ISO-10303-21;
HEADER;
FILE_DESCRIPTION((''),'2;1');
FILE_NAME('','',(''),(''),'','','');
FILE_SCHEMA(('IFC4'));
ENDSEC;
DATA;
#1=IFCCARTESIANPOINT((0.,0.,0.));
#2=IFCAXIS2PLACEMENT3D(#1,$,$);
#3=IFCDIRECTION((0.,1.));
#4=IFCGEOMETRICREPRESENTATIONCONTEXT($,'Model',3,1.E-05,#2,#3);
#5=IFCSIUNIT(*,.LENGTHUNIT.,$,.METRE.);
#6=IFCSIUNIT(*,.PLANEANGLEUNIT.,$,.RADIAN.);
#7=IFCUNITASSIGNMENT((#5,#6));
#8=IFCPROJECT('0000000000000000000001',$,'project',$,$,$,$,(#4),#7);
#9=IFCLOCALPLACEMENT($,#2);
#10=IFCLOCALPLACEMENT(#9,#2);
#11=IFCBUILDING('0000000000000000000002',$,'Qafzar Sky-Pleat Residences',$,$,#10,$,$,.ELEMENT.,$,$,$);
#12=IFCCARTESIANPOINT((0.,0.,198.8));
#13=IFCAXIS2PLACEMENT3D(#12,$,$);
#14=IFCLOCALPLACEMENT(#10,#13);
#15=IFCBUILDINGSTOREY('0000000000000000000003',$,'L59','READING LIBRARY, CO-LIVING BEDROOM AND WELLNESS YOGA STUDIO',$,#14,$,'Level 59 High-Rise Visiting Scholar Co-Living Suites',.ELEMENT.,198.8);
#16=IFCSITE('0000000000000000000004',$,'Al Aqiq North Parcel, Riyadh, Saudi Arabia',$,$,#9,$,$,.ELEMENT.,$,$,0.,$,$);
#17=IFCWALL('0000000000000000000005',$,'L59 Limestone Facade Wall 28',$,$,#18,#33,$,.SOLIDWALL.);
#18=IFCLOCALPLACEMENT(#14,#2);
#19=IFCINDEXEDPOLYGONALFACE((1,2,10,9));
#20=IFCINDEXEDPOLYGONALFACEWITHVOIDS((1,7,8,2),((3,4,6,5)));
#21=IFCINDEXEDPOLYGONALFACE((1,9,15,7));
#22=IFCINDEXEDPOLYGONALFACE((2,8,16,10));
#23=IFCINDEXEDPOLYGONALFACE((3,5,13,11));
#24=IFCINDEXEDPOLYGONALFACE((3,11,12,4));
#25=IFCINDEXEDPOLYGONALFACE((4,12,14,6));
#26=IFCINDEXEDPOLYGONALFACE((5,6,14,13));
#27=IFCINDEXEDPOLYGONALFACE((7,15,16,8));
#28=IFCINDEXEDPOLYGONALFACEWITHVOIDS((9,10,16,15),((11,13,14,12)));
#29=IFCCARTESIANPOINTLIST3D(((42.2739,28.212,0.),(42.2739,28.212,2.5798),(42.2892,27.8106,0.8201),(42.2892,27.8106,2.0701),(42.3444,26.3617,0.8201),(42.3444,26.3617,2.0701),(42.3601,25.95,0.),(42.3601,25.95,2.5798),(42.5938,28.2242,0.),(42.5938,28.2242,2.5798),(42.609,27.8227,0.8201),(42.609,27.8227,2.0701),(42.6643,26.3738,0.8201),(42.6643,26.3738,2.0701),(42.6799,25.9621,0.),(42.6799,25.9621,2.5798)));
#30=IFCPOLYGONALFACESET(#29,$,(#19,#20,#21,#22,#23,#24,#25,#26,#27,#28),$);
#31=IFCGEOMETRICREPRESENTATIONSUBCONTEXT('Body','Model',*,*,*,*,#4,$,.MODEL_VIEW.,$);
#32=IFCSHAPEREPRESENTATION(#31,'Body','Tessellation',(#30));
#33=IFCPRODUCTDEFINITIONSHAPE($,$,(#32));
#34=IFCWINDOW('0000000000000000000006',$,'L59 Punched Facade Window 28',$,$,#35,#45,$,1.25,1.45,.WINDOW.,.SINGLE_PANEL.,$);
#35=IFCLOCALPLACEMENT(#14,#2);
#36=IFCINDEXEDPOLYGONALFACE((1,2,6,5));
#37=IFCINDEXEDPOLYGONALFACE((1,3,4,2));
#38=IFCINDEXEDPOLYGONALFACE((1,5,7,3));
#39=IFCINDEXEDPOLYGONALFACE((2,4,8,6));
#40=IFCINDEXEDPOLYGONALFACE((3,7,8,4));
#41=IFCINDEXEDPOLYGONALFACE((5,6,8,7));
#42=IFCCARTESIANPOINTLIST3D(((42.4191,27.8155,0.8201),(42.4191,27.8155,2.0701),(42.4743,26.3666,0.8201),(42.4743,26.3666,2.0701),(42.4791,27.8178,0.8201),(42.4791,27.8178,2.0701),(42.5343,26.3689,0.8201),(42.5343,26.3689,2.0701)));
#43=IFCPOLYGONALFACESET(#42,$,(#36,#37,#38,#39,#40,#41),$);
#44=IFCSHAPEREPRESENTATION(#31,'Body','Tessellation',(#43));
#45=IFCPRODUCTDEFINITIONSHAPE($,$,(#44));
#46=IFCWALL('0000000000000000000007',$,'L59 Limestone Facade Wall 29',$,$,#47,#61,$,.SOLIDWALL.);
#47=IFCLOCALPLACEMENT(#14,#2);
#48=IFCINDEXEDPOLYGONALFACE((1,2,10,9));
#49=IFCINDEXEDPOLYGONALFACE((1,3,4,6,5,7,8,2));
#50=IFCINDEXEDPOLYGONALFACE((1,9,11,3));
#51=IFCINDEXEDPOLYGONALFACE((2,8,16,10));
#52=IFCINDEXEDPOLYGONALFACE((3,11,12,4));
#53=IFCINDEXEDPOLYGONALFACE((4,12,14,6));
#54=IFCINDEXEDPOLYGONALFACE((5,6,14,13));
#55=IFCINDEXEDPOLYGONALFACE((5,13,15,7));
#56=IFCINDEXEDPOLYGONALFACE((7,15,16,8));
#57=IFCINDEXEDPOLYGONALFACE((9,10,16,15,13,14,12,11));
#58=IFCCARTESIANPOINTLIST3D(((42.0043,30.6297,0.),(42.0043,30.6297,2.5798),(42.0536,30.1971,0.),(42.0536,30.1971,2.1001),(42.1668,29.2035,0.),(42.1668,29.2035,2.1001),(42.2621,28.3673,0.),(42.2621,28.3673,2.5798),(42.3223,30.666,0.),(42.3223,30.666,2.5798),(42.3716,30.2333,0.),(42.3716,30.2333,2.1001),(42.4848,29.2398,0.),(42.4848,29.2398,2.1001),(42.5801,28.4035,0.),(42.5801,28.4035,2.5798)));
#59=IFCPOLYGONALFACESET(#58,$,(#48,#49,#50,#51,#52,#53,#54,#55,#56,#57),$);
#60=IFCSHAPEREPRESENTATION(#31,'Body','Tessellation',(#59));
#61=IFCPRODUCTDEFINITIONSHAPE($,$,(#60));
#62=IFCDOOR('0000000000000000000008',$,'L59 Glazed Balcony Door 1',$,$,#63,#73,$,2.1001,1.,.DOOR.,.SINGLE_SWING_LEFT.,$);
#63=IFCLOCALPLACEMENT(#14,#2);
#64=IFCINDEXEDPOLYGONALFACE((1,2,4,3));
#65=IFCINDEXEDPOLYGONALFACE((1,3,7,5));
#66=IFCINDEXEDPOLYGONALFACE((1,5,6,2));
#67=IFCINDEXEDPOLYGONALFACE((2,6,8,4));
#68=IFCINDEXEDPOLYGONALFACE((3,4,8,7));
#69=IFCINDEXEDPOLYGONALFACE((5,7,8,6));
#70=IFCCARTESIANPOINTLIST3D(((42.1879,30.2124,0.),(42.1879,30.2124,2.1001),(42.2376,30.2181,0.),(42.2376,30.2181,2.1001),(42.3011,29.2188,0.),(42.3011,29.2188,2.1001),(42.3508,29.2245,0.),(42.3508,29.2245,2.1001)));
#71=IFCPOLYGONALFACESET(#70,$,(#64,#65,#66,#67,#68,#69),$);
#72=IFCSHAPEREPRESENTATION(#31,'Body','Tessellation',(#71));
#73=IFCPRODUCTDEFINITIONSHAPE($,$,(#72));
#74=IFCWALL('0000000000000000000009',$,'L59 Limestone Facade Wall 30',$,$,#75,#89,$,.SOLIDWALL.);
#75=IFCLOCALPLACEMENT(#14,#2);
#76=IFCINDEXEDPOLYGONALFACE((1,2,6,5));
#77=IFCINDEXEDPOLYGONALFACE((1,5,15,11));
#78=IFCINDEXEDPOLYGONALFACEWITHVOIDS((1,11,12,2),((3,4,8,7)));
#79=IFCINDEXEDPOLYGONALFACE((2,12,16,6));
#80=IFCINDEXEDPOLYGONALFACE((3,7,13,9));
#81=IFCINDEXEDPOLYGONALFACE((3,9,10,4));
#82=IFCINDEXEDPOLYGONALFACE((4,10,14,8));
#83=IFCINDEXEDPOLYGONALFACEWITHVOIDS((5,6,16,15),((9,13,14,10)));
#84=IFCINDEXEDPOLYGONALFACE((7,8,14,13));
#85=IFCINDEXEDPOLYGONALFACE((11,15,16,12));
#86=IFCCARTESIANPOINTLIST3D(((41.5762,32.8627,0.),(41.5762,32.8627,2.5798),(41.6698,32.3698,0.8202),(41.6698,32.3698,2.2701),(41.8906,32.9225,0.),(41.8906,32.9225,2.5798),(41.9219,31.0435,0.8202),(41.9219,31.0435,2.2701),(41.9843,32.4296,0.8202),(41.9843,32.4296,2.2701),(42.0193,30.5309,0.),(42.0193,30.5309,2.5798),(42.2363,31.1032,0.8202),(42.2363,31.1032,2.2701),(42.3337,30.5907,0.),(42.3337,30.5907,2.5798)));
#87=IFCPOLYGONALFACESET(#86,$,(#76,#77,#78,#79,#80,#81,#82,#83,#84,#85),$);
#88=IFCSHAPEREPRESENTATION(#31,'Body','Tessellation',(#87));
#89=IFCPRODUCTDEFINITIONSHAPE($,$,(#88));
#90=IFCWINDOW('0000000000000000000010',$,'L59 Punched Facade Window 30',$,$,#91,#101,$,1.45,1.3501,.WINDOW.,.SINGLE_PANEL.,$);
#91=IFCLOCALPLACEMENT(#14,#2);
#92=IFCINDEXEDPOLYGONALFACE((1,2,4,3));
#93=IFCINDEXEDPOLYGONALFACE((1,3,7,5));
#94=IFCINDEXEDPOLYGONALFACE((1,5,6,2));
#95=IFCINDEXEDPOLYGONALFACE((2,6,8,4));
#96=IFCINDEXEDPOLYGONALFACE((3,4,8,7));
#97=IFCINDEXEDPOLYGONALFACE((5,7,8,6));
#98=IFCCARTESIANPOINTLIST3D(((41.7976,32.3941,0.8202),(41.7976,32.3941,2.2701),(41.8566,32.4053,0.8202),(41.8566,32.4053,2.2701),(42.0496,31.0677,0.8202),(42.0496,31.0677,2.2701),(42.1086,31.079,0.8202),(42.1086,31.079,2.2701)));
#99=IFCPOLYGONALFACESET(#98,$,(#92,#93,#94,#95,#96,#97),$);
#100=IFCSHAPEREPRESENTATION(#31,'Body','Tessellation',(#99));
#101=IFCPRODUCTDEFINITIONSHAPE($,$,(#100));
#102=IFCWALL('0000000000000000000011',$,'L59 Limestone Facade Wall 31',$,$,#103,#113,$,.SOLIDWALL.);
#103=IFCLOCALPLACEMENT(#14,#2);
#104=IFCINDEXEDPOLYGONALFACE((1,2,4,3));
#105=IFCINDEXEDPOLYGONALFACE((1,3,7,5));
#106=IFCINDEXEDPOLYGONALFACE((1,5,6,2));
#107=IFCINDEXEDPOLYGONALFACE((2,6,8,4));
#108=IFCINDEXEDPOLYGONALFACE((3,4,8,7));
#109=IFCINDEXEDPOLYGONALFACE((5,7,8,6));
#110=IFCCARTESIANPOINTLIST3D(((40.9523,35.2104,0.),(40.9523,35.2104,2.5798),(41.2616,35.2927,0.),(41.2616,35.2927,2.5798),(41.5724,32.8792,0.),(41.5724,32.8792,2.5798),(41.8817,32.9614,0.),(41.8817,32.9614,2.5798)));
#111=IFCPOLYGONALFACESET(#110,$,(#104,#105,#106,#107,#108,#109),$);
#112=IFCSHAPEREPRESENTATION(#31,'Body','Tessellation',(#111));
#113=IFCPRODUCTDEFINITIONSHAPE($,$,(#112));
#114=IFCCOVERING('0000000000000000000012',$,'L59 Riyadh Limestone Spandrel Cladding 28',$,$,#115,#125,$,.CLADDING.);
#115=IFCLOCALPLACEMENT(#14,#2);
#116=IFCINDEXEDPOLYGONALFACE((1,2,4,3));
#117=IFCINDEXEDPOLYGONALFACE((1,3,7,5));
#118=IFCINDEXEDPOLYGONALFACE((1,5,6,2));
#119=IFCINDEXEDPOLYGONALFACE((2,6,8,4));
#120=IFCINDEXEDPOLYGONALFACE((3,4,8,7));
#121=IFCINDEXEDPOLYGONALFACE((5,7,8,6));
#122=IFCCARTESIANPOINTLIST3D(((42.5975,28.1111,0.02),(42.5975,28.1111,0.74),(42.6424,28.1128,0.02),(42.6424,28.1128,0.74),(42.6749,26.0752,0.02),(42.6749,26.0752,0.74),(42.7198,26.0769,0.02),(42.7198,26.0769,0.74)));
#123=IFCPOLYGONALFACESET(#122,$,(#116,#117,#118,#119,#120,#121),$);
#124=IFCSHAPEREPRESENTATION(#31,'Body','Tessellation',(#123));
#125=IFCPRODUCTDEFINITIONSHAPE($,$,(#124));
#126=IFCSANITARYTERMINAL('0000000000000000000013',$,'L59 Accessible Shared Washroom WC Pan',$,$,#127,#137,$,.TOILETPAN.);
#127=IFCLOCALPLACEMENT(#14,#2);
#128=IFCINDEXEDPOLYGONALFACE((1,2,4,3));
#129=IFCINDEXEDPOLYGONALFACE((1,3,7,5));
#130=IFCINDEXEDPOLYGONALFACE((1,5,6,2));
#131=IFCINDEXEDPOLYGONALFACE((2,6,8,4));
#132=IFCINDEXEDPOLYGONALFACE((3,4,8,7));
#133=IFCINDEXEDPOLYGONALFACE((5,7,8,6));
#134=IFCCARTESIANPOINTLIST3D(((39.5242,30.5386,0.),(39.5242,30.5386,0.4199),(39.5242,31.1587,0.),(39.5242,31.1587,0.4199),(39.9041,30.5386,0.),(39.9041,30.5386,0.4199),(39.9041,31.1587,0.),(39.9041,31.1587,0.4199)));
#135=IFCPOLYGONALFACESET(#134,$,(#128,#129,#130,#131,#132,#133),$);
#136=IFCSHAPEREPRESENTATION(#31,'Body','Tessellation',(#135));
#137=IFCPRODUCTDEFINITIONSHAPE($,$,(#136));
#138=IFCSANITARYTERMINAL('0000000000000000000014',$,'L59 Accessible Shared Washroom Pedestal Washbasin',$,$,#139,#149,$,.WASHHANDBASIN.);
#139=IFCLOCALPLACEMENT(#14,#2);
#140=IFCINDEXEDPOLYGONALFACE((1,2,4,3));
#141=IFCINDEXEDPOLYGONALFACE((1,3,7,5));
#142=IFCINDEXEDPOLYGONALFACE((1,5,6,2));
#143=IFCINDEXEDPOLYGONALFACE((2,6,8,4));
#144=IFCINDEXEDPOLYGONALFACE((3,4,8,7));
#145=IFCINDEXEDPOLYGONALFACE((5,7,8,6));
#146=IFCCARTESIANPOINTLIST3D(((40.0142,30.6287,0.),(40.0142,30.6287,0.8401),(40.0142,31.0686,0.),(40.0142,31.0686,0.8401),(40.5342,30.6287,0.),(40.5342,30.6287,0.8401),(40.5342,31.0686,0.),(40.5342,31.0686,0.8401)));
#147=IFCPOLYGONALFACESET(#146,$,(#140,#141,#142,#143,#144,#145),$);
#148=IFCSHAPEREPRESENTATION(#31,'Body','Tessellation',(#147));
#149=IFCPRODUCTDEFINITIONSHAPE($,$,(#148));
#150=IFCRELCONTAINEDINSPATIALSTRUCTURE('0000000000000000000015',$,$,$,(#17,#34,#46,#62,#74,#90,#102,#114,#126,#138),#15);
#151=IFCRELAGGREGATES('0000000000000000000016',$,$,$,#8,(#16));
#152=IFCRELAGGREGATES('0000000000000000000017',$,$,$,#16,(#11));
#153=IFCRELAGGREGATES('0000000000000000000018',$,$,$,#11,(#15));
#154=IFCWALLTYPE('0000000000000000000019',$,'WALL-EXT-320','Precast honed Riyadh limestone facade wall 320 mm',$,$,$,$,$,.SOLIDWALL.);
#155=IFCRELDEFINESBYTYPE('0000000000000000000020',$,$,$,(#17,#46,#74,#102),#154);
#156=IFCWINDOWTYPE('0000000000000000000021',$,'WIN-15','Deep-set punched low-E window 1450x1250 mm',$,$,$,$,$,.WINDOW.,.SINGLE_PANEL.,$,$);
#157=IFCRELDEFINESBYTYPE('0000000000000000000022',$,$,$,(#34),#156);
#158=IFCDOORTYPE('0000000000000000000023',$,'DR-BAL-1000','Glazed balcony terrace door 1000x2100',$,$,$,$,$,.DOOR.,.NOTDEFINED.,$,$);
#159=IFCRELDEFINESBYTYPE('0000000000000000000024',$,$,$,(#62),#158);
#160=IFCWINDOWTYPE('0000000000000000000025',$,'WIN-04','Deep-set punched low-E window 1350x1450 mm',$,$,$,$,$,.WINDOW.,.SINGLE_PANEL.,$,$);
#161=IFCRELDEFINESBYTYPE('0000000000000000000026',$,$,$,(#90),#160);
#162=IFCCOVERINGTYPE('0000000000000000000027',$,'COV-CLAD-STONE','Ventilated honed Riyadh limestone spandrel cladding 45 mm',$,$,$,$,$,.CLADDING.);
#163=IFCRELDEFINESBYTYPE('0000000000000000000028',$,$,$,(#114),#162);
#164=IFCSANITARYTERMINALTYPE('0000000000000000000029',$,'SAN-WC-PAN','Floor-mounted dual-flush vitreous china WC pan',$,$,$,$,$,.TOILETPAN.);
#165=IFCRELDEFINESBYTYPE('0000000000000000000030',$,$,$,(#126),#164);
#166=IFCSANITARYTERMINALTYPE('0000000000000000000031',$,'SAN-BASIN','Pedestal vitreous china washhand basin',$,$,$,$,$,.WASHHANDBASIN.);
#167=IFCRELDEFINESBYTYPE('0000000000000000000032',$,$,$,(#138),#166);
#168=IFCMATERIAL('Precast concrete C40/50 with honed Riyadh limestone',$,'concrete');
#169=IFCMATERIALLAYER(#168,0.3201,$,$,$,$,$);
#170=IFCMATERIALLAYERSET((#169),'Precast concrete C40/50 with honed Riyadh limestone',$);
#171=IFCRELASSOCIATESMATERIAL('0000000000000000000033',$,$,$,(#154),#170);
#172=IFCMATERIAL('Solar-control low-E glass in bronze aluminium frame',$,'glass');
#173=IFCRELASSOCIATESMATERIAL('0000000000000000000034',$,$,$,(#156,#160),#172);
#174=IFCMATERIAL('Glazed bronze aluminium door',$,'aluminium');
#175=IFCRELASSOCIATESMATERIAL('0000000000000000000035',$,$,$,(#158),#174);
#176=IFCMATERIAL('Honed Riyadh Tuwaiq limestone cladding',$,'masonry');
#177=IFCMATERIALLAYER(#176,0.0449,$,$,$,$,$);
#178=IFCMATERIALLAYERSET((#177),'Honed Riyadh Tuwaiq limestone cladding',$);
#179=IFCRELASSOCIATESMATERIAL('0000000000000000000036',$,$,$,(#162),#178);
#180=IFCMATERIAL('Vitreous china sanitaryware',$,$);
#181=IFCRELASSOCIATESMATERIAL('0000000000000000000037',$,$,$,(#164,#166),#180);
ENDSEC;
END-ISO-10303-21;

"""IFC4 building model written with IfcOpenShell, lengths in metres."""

from ifc_helpers import new_model, si_unit, direction, frame, frame_2d, origin, origin_2d, place, context, subcontext, project, spatial, rectangle, extrude, source, transform, mapped, material, layer, layer_set, type_object, element, fill, save


model = new_model("IFC4")

# Units and contexts
model_context = context("Model", 3, precision=1e-05, world=origin(), true_north=direction((0.0, 1.0)))
body_context = subcontext(model_context, "Body", "Model", "MODEL_VIEW")
ifc_project = project(units=[si_unit("LENGTHUNIT", "METRE"), si_unit("PLANEANGLEUNIT", "RADIAN")], contexts=[model_context])

# Site, building, storey
site_placement = place(None, origin())
site = spatial("IfcSite", under=ifc_project, at=site_placement, Name="Al Aqiq North Parcel, Riyadh, Saudi Arabia", CompositionType="ELEMENT", RefElevation=0.0)
building_placement = place(site_placement, origin())
building = spatial("IfcBuilding", under=site, at=building_placement, Name="Qafzar Sky-Pleat Residences", CompositionType="ELEMENT")
storey_placement = place(building_placement, frame((0.0, 0.0, 198.8)))
storey = spatial("IfcBuildingStorey", under=building, at=storey_placement, Name="L59", Description="READING LIBRARY, CO-LIVING BEDROOM AND WELLNESS YOGA STUDIO", LongName="Level 59 High-Rise Visiting Scholar Co-Living Suites", CompositionType="ELEMENT", Elevation=198.8)

# Wall, opening, window
ifc_material_1 = material(Name="Precast concrete C40/50 with honed Riyadh limestone", Category="concrete")
ifc_layer_1 = layer(ifc_material_1, 0.3201)
ifc_layer_set_1 = layer_set([ifc_layer_1], Name="Precast concrete C40/50 with honed Riyadh limestone")
wall_type_1 = type_object("IfcWallType", Name="WALL-EXT-320", Description="Precast honed Riyadh limestone facade wall 320 mm", PredefinedType="SOLIDWALL", material=ifc_layer_set_1)
wall_1_placement = place(storey_placement, frame((42.52, 25.9561, 0.0), z_axis=(0.0, 0.0, 1.0), x_axis=(-0.038073, 0.999275, 0.0)))
wall_1 = element("IfcWall", 1, at=wall_1_placement, inside=storey, type_object=wall_type_1, Name="L59 Limestone Facade Wall 28", PredefinedType="SOLIDWALL", context=body_context, shape_type="SweptSolid", body=[
    extrude(rectangle(XDim=2.2637, YDim=0.3201, at=frame_2d((1.1318, 0.0))), origin(), (0.0, 0.0, 1.0), 2.5798),
])
opening_1_placement = place(wall_1_placement, frame((0.4119, 0.0, 0.8201)))
opening_1 = element("IfcOpeningElement", 2, at=opening_1_placement, cuts=wall_1, PredefinedType="OPENING", context=body_context, shape_type="SweptSolid", body=[
    extrude(rectangle(XDim=1.45, YDim=1.25, at=frame_2d((0.7251, 0.625))), frame((0.0, 0.1699, 0.0), z_axis=(0.0, -1.0, 0.0), x_axis=(1.0, 0.0, 0.0)), (0.0, 0.0, 1.0), 0.3401),
])
ifc_material_2 = material(Name="Solar-control low-E glass in bronze aluminium frame", Category="glass")
window_type_1 = type_object("IfcWindowType", Name="WIN-15", Description="Deep-set punched low-E window 1450x1250 mm", PartitioningType="SINGLE_PANEL", PredefinedType="WINDOW", material=ifc_material_2)
shared_shape_1 = source(origin(), body_context, "Body", "SweptSolid", [
    extrude(rectangle(XDim=1.45, YDim=1.25, at=frame_2d((0.7251, 0.625))), frame((0.0, 0.03, 0.0), z_axis=(0.0, -1.0, 0.0), x_axis=(1.0, 0.0, 0.0)), (0.0, 0.0, 1.0), 0.0601),
])
window_1_placement = place(opening_1_placement, origin())
window_1 = element("IfcWindow", 3, at=window_1_placement, inside=storey, type_object=window_type_1, Name="L59 Punched Facade Window 28", OverallHeight=1.25, OverallWidth=1.45, PartitioningType="SINGLE_PANEL", PredefinedType="WINDOW", context=body_context, shape_type="MappedRepresentation", body=[
    mapped(shared_shape_1, transform((0.0, 0.0, 0.0), x_axis=(1.0, 0.0, 0.0), y_axis=(0.0, 1.0, 0.0), z_axis=(0.0, 0.0, 1.0), scale=1.0)),
])
fill(opening_1, window_1)

# Wall, opening, door
wall_2_placement = place(storey_placement, frame((42.4211, 28.3853, 0.0), z_axis=(0.0, 0.0, 1.0), x_axis=(-0.11322, 0.99357, 0.0)))
wall_2 = element("IfcWall", 4, at=wall_2_placement, inside=storey, type_object=wall_type_1, Name="L59 Limestone Facade Wall 29", PredefinedType="SOLIDWALL", context=body_context, shape_type="SweptSolid", body=[
    extrude(rectangle(XDim=2.2771, YDim=0.3201, at=frame_2d((1.1387, 0.0))), origin(), (0.0, 0.0, 1.0), 2.5798),
])
opening_2_placement = place(wall_2_placement, frame((0.8418, 0.0, 0.0)))
opening_2 = element("IfcOpeningElement", 5, at=opening_2_placement, cuts=wall_2, PredefinedType="OPENING", context=body_context, shape_type="SweptSolid", body=[
    extrude(rectangle(XDim=1.0, YDim=2.1001, at=frame_2d((0.5, 1.05))), frame((0.0, 0.1699, 0.0), z_axis=(0.0, -1.0, 0.0), x_axis=(1.0, 0.0, 0.0)), (0.0, 0.0, 1.0), 0.3401),
])
ifc_material_3 = material(Name="Glazed bronze aluminium door", Category="aluminium")
door_type = type_object("IfcDoorType", Name="DR-BAL-1000", Description="Glazed balcony terrace door 1000x2100", OperationType="NOTDEFINED", PredefinedType="DOOR", material=ifc_material_3)
shared_shape_2 = source(origin(), body_context, "Body", "SweptSolid", [
    extrude(rectangle(XDim=1.0, YDim=2.1001, at=frame_2d((0.5, 1.05))), frame((0.0, 0.0249, 0.0), z_axis=(0.0, -1.0, 0.0), x_axis=(1.0, 0.0, 0.0)), (0.0, 0.0, 1.0), 0.05),
])
door_placement = place(opening_2_placement, origin())
door = element("IfcDoor", 6, at=door_placement, inside=storey, type_object=door_type, Name="L59 Glazed Balcony Door 1", OperationType="SINGLE_SWING_LEFT", OverallHeight=2.1001, OverallWidth=1.0, PredefinedType="DOOR", context=body_context, shape_type="MappedRepresentation", body=[
    mapped(shared_shape_2, transform((0.0, 0.0, 0.0), x_axis=(1.0, 0.0, 0.0), y_axis=(0.0, 1.0, 0.0), z_axis=(0.0, 0.0, 1.0), scale=1.0)),
])
fill(opening_2, door)

# Wall, opening, window
wall_3_placement = place(storey_placement, frame((42.1765, 30.5608, 0.0), z_axis=(0.0, 0.0, 1.0), x_axis=(-0.186691, 0.982419, 0.0)))
wall_3 = element("IfcWall", 7, at=wall_3_placement, inside=storey, type_object=wall_type_1, Name="L59 Limestone Facade Wall 30", PredefinedType="SOLIDWALL", context=body_context, shape_type="SweptSolid", body=[
    extrude(rectangle(XDim=2.3735, YDim=0.3201, at=frame_2d((1.1868, 0.0))), origin(), (0.0, 0.0, 1.0), 2.5798),
])
opening_3_placement = place(wall_3_placement, frame((0.5217, 0.0, 0.8201)))
opening_3 = element("IfcOpeningElement", 8, at=opening_3_placement, cuts=wall_3, PredefinedType="OPENING", context=body_context, shape_type="SweptSolid", body=[
    extrude(rectangle(XDim=1.3501, YDim=1.45, at=frame_2d((0.675, 0.7251))), frame((0.0, 0.1699, 0.0), z_axis=(0.0, -1.0, 0.0), x_axis=(1.0, 0.0, 0.0)), (0.0, 0.0, 1.0), 0.3401),
])
window_type_2 = type_object("IfcWindowType", Name="WIN-04", Description="Deep-set punched low-E window 1350x1450 mm", PartitioningType="SINGLE_PANEL", PredefinedType="WINDOW", material=ifc_material_2)
shared_shape_3 = source(origin(), body_context, "Body", "SweptSolid", [
    extrude(rectangle(XDim=1.3501, YDim=1.45, at=frame_2d((0.675, 0.7251))), frame((0.0, 0.03, 0.0), z_axis=(0.0, -1.0, 0.0), x_axis=(1.0, 0.0, 0.0)), (0.0, 0.0, 1.0), 0.0601),
])
window_2_placement = place(opening_3_placement, origin())
window_2 = element("IfcWindow", 9, at=window_2_placement, inside=storey, type_object=window_type_2, Name="L59 Punched Facade Window 30", OverallHeight=1.45, OverallWidth=1.3501, PartitioningType="SINGLE_PANEL", PredefinedType="WINDOW", context=body_context, shape_type="MappedRepresentation", body=[
    mapped(shared_shape_3, transform((0.0, 0.0, 0.0), x_axis=(1.0, 0.0, 0.0), y_axis=(0.0, 1.0, 0.0), z_axis=(0.0, 0.0, 1.0), scale=1.0)),
])
fill(opening_3, window_2)

# Wall
wall_4_placement = place(storey_placement, frame((41.7271, 32.9204, 0.0), z_axis=(0.0, 0.0, 1.0), x_axis=(-0.257058, 0.966396, 0.0)))
element("IfcWall", 10, at=wall_4_placement, inside=storey, type_object=wall_type_1, Name="L59 Limestone Facade Wall 31", PredefinedType="SOLIDWALL", context=body_context, shape_type="SweptSolid", body=[
    extrude(rectangle(XDim=2.4124, YDim=0.3201, at=frame_2d((1.2061, 0.0))), origin(), (0.0, 0.0, 1.0), 2.5798),
])

# Covering
ifc_material_4 = material(Name="Honed Riyadh Tuwaiq limestone cladding", Category="masonry")
ifc_layer_2 = layer(ifc_material_4, 0.0449)
ifc_layer_set_2 = layer_set([ifc_layer_2], Name="Honed Riyadh Tuwaiq limestone cladding")
covering_type = type_object("IfcCoveringType", Name="COV-CLAD-STONE", Description="Ventilated honed Riyadh limestone spandrel cladding 45 mm", PredefinedType="CLADDING", material=ifc_layer_set_2)
shared_shape_4 = source(origin(), body_context, "Body", "SweptSolid", [
    extrude(rectangle(XDim=2.0374, YDim=0.0449, at=origin_2d()), origin(), (0.0, 0.0, 1.0), 0.72),
])
covering_placement = place(storey_placement, frame((42.6587, 27.094, 0.02), z_axis=(0.0, 0.0, 1.0), x_axis=(-0.037992, 0.999278, 0.0)))
element("IfcCovering", 11, at=covering_placement, inside=storey, type_object=covering_type, Name="L59 Riyadh Limestone Spandrel Cladding 28", PredefinedType="CLADDING", context=body_context, shape_type="MappedRepresentation", body=[
    mapped(shared_shape_4, transform((0.0, 0.0, 0.0), x_axis=(1.0, 0.0, 0.0), y_axis=(0.0, 1.0, 0.0), z_axis=(0.0, 0.0, 1.0), scale=1.0)),
])

# Sanitary terminals
ifc_material_5 = material(Name="Vitreous china sanitaryware")
sanitary_terminal_type_1 = type_object("IfcSanitaryTerminalType", Name="SAN-WC-PAN", Description="Floor-mounted dual-flush vitreous china WC pan", PredefinedType="TOILETPAN", material=ifc_material_5)
shared_shape_5 = source(origin(), body_context, "Body", "SweptSolid", [
    extrude(rectangle(XDim=0.3799, YDim=0.6201, at=origin_2d()), origin(), (0.0, 0.0, 1.0), 0.4199),
])
sanitary_terminal_1_placement = place(storey_placement, frame((39.7141, 30.8486, 0.0), z_axis=(0.0, 0.0, 1.0), x_axis=(1.0, 0.0, 0.0)))
element("IfcSanitaryTerminal", 12, at=sanitary_terminal_1_placement, inside=storey, type_object=sanitary_terminal_type_1, Name="L59 Accessible Shared Washroom WC Pan", PredefinedType="TOILETPAN", context=body_context, shape_type="MappedRepresentation", body=[
    mapped(shared_shape_5, transform((0.0, 0.0, 0.0), x_axis=(1.0, 0.0, 0.0), y_axis=(0.0, 1.0, 0.0), z_axis=(0.0, 0.0, 1.0), scale=1.0)),
])
sanitary_terminal_type_2 = type_object("IfcSanitaryTerminalType", Name="SAN-BASIN", Description="Pedestal vitreous china washhand basin", PredefinedType="WASHHANDBASIN", material=ifc_material_5)
shared_shape_6 = source(origin(), body_context, "Body", "SweptSolid", [
    extrude(rectangle(XDim=0.52, YDim=0.4399, at=origin_2d()), origin(), (0.0, 0.0, 1.0), 0.8401),
])
sanitary_terminal_2_placement = place(storey_placement, frame((40.2742, 30.8486, 0.0), z_axis=(0.0, 0.0, 1.0), x_axis=(1.0, 0.0, 0.0)))
element("IfcSanitaryTerminal", 13, at=sanitary_terminal_2_placement, inside=storey, type_object=sanitary_terminal_type_2, Name="L59 Accessible Shared Washroom Pedestal Washbasin", PredefinedType="WASHHANDBASIN", context=body_context, shape_type="MappedRepresentation", body=[
    mapped(shared_shape_6, transform((0.0, 0.0, 0.0), x_axis=(1.0, 0.0, 0.0), y_axis=(0.0, 1.0, 0.0), z_axis=(0.0, 0.0, 1.0), scale=1.0)),
])

save(model, "model.ifc")
